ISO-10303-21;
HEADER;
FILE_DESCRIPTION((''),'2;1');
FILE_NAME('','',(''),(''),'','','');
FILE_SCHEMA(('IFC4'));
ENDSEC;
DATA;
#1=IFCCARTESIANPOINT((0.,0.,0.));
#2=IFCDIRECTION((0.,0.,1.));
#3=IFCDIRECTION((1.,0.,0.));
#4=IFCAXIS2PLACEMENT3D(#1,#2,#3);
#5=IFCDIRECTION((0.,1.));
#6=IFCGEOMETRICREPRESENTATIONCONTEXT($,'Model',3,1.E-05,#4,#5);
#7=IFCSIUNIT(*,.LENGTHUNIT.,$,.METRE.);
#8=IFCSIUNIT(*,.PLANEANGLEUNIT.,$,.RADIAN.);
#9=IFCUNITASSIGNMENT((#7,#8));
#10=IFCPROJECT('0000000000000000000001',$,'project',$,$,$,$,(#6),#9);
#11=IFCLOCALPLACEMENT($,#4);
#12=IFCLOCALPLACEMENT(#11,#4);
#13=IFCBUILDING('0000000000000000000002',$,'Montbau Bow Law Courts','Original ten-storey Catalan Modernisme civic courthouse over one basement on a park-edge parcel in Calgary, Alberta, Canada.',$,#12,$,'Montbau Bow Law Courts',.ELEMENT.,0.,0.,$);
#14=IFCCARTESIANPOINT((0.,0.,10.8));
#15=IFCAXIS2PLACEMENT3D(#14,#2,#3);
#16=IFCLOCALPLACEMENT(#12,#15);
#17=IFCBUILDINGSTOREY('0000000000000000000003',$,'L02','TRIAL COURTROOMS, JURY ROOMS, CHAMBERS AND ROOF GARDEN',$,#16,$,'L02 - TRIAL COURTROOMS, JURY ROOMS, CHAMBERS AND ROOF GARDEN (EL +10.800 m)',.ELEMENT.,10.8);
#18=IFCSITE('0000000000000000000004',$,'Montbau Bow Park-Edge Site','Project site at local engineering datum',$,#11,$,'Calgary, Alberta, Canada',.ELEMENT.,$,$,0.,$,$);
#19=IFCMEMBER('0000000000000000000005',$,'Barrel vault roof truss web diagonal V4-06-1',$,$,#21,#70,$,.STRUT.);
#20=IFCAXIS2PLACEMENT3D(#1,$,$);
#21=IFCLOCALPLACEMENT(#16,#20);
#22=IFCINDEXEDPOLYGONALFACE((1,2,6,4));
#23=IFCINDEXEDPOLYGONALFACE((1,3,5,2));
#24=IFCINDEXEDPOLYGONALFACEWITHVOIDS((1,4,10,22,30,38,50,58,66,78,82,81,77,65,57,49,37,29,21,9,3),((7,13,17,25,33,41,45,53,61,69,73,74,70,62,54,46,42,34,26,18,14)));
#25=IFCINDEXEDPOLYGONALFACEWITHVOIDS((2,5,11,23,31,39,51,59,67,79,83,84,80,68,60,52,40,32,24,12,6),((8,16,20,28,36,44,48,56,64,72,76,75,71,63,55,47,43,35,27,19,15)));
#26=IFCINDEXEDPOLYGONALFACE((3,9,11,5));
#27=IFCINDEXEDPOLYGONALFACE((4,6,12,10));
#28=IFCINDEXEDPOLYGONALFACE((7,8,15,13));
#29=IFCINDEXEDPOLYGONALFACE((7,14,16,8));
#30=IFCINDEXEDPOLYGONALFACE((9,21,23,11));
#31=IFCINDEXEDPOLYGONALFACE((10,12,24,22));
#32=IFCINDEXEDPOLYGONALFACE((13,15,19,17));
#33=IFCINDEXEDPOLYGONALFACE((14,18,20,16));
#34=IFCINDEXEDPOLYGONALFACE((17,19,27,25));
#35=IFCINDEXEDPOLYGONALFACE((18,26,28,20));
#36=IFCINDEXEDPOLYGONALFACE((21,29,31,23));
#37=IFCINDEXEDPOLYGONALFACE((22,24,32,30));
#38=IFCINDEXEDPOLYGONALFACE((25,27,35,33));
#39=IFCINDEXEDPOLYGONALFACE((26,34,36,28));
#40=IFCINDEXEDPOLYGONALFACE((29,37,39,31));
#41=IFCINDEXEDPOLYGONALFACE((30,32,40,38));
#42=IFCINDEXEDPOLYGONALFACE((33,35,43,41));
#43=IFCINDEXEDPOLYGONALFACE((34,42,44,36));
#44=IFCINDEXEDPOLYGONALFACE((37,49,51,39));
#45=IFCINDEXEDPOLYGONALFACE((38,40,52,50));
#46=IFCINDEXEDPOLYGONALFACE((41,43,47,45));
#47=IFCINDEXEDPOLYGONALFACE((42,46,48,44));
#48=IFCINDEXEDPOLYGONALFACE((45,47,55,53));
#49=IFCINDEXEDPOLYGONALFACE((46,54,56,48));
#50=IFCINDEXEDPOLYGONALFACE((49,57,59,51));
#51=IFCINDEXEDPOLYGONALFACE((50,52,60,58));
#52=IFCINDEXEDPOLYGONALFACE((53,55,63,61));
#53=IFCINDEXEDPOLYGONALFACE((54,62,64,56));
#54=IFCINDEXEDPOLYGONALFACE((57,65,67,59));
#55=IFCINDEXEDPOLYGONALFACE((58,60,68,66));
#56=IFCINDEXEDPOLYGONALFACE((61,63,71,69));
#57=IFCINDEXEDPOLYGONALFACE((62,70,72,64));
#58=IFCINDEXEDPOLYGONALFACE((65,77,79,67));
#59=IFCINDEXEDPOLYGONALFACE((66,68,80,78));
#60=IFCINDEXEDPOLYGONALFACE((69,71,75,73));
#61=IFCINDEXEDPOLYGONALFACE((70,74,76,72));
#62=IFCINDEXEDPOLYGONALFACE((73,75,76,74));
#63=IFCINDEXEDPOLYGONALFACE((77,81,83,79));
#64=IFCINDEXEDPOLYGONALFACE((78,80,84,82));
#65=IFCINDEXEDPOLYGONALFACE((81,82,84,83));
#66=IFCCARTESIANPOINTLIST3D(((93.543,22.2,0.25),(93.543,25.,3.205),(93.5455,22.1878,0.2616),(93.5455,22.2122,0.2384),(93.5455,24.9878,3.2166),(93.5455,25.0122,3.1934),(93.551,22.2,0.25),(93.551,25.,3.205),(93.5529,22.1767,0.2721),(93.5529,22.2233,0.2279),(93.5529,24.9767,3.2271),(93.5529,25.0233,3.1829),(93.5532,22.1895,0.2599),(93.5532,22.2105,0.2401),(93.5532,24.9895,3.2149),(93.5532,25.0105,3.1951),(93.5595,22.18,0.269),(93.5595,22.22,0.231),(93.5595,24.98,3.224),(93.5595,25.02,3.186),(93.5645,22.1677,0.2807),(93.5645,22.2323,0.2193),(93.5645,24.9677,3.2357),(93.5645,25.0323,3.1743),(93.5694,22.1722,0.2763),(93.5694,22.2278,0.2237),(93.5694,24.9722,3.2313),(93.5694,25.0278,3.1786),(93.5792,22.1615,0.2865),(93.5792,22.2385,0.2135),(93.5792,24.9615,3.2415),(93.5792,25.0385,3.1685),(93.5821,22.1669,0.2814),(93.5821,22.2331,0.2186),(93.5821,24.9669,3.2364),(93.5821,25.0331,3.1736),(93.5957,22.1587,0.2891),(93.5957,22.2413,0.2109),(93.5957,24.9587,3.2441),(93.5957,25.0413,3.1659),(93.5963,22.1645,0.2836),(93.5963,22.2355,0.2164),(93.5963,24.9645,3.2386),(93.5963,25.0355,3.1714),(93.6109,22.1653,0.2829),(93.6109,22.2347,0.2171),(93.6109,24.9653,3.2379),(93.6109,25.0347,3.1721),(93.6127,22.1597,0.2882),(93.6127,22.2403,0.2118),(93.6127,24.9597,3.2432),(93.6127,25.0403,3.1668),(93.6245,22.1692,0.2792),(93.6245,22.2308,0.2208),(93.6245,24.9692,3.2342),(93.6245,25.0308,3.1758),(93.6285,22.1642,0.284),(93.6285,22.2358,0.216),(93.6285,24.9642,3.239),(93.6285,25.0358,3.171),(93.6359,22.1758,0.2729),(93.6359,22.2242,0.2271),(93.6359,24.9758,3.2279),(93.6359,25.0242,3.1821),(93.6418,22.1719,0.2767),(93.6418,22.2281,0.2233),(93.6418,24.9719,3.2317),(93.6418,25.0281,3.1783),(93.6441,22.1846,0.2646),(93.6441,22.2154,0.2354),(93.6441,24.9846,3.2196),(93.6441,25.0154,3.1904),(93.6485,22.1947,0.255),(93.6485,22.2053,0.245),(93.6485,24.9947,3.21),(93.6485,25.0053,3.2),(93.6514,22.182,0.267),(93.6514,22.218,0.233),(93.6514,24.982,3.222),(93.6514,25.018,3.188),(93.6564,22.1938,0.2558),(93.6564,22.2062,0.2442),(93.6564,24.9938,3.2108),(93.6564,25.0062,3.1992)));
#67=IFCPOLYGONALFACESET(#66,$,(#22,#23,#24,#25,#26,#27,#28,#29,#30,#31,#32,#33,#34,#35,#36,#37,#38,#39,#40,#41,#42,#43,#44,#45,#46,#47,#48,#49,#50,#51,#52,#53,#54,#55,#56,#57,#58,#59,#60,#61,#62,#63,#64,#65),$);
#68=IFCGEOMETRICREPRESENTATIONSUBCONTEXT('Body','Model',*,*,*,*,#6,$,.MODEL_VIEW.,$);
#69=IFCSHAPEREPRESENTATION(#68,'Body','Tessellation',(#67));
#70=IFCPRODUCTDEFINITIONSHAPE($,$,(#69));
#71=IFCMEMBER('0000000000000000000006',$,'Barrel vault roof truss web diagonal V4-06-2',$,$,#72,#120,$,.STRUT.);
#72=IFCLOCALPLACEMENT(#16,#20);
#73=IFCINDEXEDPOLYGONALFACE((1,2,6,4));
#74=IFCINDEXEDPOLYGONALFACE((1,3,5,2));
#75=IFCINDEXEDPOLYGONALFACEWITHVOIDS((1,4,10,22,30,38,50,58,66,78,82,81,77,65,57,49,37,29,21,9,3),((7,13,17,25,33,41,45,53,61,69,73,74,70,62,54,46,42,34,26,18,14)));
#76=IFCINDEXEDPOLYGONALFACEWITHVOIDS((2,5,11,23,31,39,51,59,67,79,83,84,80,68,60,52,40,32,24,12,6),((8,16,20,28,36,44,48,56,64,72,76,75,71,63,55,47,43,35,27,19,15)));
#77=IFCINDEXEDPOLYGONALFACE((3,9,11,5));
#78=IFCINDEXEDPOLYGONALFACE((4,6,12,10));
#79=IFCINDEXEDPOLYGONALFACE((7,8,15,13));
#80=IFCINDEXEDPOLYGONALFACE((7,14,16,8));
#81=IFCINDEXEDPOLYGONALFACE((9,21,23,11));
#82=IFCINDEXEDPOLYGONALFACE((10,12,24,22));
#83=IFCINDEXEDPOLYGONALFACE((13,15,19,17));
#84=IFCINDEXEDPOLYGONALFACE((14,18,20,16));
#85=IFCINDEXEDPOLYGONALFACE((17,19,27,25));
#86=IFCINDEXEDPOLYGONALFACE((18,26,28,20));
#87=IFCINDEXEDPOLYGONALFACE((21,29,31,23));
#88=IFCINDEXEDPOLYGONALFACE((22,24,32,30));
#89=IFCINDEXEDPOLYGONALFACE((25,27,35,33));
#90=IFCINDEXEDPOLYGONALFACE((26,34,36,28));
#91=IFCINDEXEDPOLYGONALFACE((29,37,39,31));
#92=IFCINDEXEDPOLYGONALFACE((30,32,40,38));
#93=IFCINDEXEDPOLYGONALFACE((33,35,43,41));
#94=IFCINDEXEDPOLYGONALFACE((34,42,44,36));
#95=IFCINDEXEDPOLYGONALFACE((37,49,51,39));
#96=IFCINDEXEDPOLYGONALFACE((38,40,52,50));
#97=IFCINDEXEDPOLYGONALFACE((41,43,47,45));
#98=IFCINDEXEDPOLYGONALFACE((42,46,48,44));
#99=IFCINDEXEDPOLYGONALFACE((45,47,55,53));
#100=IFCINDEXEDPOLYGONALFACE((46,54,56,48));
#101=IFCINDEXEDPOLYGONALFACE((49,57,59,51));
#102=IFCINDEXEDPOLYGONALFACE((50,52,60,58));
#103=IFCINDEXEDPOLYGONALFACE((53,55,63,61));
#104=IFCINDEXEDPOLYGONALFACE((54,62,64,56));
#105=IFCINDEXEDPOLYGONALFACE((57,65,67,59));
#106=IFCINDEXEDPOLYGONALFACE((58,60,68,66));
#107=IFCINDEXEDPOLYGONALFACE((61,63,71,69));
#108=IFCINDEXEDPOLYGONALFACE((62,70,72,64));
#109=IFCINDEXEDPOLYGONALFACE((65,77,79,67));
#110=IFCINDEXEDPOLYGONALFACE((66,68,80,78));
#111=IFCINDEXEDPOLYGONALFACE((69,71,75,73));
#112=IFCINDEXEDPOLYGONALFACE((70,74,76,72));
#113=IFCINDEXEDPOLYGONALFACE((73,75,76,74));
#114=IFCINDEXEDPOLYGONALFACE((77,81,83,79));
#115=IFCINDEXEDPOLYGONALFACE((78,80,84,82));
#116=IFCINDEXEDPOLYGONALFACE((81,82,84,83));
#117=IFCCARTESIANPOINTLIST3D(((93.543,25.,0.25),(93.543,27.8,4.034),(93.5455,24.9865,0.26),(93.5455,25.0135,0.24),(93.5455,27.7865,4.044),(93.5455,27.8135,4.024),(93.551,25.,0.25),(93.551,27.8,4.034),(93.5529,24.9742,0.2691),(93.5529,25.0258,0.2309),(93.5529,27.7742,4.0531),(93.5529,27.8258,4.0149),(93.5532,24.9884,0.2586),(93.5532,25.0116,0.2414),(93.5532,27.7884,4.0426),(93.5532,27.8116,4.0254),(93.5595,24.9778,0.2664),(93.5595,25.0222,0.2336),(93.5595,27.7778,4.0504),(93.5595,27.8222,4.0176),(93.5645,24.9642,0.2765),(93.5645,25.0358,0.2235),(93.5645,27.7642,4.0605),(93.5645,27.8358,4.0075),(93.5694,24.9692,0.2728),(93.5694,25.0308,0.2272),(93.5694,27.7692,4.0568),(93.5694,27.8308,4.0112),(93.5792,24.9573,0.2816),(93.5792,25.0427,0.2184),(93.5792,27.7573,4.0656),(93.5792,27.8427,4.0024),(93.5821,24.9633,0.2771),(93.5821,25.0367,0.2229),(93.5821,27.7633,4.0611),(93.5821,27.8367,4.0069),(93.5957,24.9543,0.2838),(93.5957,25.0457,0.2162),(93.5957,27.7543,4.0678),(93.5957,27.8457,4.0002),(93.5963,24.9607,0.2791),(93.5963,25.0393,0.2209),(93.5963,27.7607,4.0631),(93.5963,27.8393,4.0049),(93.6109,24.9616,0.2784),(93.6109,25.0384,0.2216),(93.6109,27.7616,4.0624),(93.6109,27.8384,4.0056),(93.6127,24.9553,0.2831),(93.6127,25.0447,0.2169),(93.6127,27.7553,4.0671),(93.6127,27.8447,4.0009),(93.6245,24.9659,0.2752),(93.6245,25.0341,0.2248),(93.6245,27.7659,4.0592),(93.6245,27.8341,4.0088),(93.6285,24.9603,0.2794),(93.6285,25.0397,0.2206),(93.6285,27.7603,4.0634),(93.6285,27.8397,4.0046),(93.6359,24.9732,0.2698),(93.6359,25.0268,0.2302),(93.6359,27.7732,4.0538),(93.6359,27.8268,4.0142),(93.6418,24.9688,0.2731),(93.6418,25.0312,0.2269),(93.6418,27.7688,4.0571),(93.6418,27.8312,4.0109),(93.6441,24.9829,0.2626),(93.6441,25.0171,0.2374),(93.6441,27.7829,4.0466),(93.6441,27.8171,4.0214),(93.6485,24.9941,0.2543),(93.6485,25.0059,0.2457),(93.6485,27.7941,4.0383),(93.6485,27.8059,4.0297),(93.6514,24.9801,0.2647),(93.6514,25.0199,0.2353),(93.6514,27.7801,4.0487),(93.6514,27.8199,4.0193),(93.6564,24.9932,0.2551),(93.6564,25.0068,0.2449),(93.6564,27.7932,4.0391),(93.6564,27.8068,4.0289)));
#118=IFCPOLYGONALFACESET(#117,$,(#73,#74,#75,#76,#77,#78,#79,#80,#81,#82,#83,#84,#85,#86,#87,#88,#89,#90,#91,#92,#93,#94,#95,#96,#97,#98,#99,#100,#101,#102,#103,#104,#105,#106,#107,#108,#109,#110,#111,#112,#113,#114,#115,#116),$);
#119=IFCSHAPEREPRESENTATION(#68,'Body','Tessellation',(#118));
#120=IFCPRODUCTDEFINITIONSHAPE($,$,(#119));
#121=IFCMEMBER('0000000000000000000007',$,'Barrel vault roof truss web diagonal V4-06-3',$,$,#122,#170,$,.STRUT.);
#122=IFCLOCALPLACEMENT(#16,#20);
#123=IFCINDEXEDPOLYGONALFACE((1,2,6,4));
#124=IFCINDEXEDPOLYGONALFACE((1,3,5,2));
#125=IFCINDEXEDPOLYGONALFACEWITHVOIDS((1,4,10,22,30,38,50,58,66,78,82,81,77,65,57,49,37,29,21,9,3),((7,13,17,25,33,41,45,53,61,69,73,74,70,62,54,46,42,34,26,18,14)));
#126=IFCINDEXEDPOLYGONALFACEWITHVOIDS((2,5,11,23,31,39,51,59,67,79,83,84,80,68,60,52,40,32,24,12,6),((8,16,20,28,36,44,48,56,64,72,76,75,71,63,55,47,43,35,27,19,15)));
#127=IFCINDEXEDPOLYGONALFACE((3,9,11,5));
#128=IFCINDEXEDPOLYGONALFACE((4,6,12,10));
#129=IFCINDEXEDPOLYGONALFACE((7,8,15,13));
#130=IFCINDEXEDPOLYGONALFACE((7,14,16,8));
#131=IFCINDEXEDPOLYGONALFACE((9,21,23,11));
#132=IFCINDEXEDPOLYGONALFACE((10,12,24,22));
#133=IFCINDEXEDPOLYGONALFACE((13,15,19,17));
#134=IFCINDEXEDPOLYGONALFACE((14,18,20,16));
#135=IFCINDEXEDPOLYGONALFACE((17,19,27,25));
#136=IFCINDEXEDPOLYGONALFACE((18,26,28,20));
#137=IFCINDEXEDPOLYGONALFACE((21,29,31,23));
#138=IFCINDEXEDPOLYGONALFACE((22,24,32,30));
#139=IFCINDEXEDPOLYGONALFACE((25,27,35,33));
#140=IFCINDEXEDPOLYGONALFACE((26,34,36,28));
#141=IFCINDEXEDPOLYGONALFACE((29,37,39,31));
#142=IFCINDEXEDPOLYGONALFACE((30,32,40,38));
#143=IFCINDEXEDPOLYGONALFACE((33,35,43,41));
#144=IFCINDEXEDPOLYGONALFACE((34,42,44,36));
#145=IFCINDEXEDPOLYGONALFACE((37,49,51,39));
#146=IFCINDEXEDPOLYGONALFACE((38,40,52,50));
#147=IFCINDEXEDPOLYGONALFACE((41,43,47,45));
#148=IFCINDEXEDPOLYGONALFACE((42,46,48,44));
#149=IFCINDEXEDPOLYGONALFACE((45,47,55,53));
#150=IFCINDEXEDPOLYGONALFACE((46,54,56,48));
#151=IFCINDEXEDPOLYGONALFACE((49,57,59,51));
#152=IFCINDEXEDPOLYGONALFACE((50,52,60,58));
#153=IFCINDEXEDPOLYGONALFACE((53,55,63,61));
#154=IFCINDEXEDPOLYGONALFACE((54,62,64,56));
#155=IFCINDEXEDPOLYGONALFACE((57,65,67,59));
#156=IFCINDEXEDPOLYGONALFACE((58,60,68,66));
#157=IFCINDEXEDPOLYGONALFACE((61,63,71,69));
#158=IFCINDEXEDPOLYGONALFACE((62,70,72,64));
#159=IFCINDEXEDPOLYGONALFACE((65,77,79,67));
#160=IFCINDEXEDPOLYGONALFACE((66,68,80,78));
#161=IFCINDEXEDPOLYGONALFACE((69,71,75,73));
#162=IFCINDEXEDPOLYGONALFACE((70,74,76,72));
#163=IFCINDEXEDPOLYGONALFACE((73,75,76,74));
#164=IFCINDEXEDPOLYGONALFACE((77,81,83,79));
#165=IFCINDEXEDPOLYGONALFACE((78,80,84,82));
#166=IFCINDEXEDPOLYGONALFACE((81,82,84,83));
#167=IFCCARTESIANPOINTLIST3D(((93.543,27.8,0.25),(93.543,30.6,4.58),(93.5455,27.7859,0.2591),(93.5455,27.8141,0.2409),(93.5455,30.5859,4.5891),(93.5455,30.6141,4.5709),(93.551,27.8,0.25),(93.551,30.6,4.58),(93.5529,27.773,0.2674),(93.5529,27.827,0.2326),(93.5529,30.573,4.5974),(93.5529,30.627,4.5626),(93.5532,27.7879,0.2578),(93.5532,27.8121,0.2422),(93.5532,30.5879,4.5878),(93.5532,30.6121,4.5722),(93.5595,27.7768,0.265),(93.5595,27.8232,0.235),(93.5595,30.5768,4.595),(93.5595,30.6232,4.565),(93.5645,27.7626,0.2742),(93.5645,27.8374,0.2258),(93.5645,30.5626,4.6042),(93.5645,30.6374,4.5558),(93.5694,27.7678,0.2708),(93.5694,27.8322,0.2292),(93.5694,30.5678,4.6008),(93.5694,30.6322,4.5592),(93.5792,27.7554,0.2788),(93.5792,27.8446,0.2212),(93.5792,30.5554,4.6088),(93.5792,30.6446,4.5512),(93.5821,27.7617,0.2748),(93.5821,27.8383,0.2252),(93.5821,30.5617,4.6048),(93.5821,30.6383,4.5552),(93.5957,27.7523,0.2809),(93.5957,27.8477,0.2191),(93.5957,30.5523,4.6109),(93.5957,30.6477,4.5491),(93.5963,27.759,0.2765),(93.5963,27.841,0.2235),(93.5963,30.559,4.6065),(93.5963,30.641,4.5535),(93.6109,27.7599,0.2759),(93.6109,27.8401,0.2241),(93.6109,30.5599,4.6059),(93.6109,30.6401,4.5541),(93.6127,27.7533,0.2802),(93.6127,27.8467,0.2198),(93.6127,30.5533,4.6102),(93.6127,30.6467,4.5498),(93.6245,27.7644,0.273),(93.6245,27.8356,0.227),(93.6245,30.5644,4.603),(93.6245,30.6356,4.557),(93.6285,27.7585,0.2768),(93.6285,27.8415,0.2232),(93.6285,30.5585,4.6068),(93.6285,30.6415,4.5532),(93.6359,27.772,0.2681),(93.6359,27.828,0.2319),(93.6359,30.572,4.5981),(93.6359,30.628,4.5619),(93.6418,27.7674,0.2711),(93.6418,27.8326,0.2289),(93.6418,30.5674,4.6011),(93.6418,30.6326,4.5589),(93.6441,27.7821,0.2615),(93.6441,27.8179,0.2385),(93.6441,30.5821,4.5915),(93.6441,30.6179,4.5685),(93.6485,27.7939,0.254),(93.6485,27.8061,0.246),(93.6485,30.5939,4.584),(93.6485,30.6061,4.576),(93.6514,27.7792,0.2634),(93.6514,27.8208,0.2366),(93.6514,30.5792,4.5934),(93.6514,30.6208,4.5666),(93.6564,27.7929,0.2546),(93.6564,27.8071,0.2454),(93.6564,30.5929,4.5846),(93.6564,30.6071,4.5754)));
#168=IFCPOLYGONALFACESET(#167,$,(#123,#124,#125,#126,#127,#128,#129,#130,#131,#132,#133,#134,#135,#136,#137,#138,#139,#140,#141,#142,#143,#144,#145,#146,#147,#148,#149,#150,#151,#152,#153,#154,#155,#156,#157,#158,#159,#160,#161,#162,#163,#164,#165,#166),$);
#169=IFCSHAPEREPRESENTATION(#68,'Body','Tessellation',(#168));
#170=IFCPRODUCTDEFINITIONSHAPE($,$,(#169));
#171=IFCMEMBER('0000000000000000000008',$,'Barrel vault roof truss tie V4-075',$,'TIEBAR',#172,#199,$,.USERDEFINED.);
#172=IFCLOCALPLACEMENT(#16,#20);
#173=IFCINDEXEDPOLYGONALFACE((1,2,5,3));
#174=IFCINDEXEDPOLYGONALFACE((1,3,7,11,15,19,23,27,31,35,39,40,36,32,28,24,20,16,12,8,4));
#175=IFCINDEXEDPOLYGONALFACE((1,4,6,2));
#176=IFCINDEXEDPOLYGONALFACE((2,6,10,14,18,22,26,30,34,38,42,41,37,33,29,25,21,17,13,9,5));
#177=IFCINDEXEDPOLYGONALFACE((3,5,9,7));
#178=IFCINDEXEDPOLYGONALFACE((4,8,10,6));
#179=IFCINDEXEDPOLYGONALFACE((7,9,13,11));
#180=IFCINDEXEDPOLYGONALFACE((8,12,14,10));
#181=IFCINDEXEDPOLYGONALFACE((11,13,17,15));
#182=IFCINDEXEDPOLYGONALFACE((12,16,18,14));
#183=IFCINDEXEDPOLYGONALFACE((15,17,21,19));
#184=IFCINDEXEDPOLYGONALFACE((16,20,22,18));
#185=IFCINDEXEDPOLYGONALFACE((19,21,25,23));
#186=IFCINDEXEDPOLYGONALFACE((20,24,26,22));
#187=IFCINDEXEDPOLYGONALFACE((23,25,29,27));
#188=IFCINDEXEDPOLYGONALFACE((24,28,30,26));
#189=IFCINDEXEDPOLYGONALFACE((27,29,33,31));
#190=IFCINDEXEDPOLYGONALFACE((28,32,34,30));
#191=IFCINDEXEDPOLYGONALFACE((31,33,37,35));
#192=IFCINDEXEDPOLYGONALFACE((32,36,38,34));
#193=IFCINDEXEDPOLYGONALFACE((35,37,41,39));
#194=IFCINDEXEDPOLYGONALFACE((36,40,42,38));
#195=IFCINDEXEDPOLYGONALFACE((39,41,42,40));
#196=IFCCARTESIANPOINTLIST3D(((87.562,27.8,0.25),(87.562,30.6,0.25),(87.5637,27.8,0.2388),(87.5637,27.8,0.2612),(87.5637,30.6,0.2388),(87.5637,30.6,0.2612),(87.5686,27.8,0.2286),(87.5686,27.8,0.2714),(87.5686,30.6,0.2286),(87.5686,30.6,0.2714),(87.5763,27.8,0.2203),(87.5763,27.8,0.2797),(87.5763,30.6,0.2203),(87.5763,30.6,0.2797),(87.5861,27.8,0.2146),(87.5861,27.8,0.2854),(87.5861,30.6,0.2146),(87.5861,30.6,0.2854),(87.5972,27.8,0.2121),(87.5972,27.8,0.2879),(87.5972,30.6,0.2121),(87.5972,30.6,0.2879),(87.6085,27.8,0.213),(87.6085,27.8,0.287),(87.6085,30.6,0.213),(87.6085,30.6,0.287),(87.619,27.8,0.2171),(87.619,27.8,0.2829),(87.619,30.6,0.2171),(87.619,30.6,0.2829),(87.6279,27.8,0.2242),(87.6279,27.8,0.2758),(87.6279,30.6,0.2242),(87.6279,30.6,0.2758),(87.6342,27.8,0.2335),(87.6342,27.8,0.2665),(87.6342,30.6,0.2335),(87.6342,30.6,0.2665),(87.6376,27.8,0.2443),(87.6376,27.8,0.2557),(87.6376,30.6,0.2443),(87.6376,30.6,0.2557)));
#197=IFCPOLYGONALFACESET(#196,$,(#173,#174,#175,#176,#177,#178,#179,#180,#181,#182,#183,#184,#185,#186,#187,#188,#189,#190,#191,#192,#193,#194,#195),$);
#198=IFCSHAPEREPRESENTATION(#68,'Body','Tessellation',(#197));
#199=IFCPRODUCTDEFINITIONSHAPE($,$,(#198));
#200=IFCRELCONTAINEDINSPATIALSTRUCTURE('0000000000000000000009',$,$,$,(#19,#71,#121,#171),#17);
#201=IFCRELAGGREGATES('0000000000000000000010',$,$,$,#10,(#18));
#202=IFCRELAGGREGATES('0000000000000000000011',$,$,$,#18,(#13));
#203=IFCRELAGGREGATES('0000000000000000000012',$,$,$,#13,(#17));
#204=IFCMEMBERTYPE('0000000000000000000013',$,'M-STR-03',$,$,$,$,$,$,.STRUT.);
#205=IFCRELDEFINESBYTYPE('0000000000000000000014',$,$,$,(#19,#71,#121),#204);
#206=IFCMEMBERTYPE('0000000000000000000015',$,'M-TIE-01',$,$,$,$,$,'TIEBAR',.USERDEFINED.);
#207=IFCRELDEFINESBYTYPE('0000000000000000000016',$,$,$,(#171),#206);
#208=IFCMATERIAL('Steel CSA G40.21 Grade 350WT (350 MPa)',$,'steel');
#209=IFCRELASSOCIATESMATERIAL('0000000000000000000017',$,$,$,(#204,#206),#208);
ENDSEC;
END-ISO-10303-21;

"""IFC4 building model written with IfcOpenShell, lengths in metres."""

from ifc_helpers import new_model, si_unit, direction, frame, origin_with_axes, origin_2d_with_axis, place, context, subcontext, project, spatial, circle, hollow_circle, extrude, material, material_profile, profile_set, type_object, element, save


model = new_model("IFC4")

# Units and contexts
model_context = context("Model", 3, precision=1e-05, world=origin_with_axes(), true_north=direction((0.0, 1.0)))
body_context = subcontext(model_context, "Body", "Model", "MODEL_VIEW")
ifc_project = project(units=[si_unit("LENGTHUNIT", "METRE"), si_unit("PLANEANGLEUNIT", "RADIAN")], contexts=[model_context])

# Site, building, storey
site_placement = place(None, origin_with_axes())
site = spatial("IfcSite", under=ifc_project, at=site_placement, Name="Montbau Bow Park-Edge Site", Description="Project site at local engineering datum", LongName="Calgary, Alberta, Canada", CompositionType="ELEMENT", RefElevation=0.0)
building_placement = place(site_placement, origin_with_axes())
building = spatial("IfcBuilding", under=site, at=building_placement, Name="Montbau Bow Law Courts", Description="Original ten-storey Catalan Modernisme civic courthouse over one basement on a park-edge parcel in Calgary, Alberta, Canada.", LongName="Montbau Bow Law Courts", CompositionType="ELEMENT", ElevationOfRefHeight=0.0, ElevationOfTerrain=0.0)
storey_placement = place(building_placement, frame((0.0, 0.0, 10.8), z_axis=(0.0, 0.0, 1.0), x_axis=(1.0, 0.0, 0.0)))
storey = spatial("IfcBuildingStorey", under=building, at=storey_placement, Name="L02", Description="TRIAL COURTROOMS, JURY ROOMS, CHAMBERS AND ROOF GARDEN", LongName="L02 - TRIAL COURTROOMS, JURY ROOMS, CHAMBERS AND ROOF GARDEN (EL +10.800 m)", CompositionType="ELEMENT", Elevation=10.8)

# Shared definitions
ifc_material_1 = material(Name="Steel CSA G40.21 Grade 350WT (350 MPa)", Category="steel")

# Members
ifc_material_profile_1 = material_profile(ifc_material_1, hollow_circle(Radius=0.057, WallThickness=0.008, at=origin_2d_with_axis()), Name="HSS114X8.0", Category="Main", Priority=0)
ifc_profile_set_1 = profile_set([ifc_material_profile_1], Name="Steel CSA G40.21 Grade 350WT (350 MPa)")
member_type_1 = type_object("IfcMemberType", Name="M-STR-03", PredefinedType="STRUT", material=ifc_profile_set_1)
member_1_placement = place(None, frame((93.6, 22.2, 11.05), z_axis=(0.0, 0.687813, 0.725888), x_axis=(-1.0, 0.0, 0.0)))
element("IfcMember", 1, at=member_1_placement, inside=storey, type_object=member_type_1, Name="Barrel vault roof truss web diagonal V4-06-1", PredefinedType="STRUT", context=body_context, shape_type="SweptSolid", body=[
    extrude(hollow_circle(Radius=0.057, WallThickness=0.008, at=origin_2d_with_axis()), origin_with_axes(), (0.0, 0.0, 1.0), 4.0709),
])
member_2_placement = place(None, frame((93.6, 25.0, 11.05), z_axis=(0.0, 0.594821, 0.803858), x_axis=(-1.0, 0.0, 0.0)))
element("IfcMember", 2, at=member_2_placement, inside=storey, type_object=member_type_1, Name="Barrel vault roof truss web diagonal V4-06-2", PredefinedType="STRUT", context=body_context, shape_type="SweptSolid", body=[
    extrude(hollow_circle(Radius=0.057, WallThickness=0.008, at=origin_2d_with_axis()), origin_with_axes(), (0.0, 0.0, 1.0), 4.7073),
])
member_3_placement = place(None, frame((93.6, 27.8, 11.05), z_axis=(0.0, 0.54301, 0.839726), x_axis=(-1.0, 0.0, 0.0)))
element("IfcMember", 3, at=member_3_placement, inside=storey, type_object=member_type_1, Name="Barrel vault roof truss web diagonal V4-06-3", PredefinedType="STRUT", context=body_context, shape_type="SweptSolid", body=[
    extrude(hollow_circle(Radius=0.057, WallThickness=0.008, at=origin_2d_with_axis()), origin_with_axes(), (0.0, 0.0, 1.0), 5.1564),
])
ifc_material_profile_2 = material_profile(ifc_material_1, circle(Radius=0.038, at=origin_2d_with_axis()), Name="ROD76", Category="Main", Priority=0)
ifc_profile_set_2 = profile_set([ifc_material_profile_2], Name="Steel CSA G40.21 Grade 350WT (350 MPa)")
member_type_2 = type_object("IfcMemberType", Name="M-TIE-01", ElementType="TIEBAR", PredefinedType="USERDEFINED", material=ifc_profile_set_2)
for number, where, z_axis, x_axis, name in (
    (4, (87.6, 27.8, 11.05), (0.0, 1.0, 0.0), (-1.0, 0.0, 0.0), "Barrel vault roof truss tie V4-075"),
):
    element("IfcMember", number, at=place(None, frame(where, z_axis=z_axis, x_axis=x_axis)), inside=storey, type_object=member_type_2, Name=name, ObjectType="TIEBAR", PredefinedType="USERDEFINED", context=body_context, shape_type="SweptSolid", body=[
        extrude(circle(Radius=0.038, at=origin_2d_with_axis()), origin_with_axes(), (0.0, 0.0, 1.0), 2.8),
    ])

save(model, "model.ifc")
